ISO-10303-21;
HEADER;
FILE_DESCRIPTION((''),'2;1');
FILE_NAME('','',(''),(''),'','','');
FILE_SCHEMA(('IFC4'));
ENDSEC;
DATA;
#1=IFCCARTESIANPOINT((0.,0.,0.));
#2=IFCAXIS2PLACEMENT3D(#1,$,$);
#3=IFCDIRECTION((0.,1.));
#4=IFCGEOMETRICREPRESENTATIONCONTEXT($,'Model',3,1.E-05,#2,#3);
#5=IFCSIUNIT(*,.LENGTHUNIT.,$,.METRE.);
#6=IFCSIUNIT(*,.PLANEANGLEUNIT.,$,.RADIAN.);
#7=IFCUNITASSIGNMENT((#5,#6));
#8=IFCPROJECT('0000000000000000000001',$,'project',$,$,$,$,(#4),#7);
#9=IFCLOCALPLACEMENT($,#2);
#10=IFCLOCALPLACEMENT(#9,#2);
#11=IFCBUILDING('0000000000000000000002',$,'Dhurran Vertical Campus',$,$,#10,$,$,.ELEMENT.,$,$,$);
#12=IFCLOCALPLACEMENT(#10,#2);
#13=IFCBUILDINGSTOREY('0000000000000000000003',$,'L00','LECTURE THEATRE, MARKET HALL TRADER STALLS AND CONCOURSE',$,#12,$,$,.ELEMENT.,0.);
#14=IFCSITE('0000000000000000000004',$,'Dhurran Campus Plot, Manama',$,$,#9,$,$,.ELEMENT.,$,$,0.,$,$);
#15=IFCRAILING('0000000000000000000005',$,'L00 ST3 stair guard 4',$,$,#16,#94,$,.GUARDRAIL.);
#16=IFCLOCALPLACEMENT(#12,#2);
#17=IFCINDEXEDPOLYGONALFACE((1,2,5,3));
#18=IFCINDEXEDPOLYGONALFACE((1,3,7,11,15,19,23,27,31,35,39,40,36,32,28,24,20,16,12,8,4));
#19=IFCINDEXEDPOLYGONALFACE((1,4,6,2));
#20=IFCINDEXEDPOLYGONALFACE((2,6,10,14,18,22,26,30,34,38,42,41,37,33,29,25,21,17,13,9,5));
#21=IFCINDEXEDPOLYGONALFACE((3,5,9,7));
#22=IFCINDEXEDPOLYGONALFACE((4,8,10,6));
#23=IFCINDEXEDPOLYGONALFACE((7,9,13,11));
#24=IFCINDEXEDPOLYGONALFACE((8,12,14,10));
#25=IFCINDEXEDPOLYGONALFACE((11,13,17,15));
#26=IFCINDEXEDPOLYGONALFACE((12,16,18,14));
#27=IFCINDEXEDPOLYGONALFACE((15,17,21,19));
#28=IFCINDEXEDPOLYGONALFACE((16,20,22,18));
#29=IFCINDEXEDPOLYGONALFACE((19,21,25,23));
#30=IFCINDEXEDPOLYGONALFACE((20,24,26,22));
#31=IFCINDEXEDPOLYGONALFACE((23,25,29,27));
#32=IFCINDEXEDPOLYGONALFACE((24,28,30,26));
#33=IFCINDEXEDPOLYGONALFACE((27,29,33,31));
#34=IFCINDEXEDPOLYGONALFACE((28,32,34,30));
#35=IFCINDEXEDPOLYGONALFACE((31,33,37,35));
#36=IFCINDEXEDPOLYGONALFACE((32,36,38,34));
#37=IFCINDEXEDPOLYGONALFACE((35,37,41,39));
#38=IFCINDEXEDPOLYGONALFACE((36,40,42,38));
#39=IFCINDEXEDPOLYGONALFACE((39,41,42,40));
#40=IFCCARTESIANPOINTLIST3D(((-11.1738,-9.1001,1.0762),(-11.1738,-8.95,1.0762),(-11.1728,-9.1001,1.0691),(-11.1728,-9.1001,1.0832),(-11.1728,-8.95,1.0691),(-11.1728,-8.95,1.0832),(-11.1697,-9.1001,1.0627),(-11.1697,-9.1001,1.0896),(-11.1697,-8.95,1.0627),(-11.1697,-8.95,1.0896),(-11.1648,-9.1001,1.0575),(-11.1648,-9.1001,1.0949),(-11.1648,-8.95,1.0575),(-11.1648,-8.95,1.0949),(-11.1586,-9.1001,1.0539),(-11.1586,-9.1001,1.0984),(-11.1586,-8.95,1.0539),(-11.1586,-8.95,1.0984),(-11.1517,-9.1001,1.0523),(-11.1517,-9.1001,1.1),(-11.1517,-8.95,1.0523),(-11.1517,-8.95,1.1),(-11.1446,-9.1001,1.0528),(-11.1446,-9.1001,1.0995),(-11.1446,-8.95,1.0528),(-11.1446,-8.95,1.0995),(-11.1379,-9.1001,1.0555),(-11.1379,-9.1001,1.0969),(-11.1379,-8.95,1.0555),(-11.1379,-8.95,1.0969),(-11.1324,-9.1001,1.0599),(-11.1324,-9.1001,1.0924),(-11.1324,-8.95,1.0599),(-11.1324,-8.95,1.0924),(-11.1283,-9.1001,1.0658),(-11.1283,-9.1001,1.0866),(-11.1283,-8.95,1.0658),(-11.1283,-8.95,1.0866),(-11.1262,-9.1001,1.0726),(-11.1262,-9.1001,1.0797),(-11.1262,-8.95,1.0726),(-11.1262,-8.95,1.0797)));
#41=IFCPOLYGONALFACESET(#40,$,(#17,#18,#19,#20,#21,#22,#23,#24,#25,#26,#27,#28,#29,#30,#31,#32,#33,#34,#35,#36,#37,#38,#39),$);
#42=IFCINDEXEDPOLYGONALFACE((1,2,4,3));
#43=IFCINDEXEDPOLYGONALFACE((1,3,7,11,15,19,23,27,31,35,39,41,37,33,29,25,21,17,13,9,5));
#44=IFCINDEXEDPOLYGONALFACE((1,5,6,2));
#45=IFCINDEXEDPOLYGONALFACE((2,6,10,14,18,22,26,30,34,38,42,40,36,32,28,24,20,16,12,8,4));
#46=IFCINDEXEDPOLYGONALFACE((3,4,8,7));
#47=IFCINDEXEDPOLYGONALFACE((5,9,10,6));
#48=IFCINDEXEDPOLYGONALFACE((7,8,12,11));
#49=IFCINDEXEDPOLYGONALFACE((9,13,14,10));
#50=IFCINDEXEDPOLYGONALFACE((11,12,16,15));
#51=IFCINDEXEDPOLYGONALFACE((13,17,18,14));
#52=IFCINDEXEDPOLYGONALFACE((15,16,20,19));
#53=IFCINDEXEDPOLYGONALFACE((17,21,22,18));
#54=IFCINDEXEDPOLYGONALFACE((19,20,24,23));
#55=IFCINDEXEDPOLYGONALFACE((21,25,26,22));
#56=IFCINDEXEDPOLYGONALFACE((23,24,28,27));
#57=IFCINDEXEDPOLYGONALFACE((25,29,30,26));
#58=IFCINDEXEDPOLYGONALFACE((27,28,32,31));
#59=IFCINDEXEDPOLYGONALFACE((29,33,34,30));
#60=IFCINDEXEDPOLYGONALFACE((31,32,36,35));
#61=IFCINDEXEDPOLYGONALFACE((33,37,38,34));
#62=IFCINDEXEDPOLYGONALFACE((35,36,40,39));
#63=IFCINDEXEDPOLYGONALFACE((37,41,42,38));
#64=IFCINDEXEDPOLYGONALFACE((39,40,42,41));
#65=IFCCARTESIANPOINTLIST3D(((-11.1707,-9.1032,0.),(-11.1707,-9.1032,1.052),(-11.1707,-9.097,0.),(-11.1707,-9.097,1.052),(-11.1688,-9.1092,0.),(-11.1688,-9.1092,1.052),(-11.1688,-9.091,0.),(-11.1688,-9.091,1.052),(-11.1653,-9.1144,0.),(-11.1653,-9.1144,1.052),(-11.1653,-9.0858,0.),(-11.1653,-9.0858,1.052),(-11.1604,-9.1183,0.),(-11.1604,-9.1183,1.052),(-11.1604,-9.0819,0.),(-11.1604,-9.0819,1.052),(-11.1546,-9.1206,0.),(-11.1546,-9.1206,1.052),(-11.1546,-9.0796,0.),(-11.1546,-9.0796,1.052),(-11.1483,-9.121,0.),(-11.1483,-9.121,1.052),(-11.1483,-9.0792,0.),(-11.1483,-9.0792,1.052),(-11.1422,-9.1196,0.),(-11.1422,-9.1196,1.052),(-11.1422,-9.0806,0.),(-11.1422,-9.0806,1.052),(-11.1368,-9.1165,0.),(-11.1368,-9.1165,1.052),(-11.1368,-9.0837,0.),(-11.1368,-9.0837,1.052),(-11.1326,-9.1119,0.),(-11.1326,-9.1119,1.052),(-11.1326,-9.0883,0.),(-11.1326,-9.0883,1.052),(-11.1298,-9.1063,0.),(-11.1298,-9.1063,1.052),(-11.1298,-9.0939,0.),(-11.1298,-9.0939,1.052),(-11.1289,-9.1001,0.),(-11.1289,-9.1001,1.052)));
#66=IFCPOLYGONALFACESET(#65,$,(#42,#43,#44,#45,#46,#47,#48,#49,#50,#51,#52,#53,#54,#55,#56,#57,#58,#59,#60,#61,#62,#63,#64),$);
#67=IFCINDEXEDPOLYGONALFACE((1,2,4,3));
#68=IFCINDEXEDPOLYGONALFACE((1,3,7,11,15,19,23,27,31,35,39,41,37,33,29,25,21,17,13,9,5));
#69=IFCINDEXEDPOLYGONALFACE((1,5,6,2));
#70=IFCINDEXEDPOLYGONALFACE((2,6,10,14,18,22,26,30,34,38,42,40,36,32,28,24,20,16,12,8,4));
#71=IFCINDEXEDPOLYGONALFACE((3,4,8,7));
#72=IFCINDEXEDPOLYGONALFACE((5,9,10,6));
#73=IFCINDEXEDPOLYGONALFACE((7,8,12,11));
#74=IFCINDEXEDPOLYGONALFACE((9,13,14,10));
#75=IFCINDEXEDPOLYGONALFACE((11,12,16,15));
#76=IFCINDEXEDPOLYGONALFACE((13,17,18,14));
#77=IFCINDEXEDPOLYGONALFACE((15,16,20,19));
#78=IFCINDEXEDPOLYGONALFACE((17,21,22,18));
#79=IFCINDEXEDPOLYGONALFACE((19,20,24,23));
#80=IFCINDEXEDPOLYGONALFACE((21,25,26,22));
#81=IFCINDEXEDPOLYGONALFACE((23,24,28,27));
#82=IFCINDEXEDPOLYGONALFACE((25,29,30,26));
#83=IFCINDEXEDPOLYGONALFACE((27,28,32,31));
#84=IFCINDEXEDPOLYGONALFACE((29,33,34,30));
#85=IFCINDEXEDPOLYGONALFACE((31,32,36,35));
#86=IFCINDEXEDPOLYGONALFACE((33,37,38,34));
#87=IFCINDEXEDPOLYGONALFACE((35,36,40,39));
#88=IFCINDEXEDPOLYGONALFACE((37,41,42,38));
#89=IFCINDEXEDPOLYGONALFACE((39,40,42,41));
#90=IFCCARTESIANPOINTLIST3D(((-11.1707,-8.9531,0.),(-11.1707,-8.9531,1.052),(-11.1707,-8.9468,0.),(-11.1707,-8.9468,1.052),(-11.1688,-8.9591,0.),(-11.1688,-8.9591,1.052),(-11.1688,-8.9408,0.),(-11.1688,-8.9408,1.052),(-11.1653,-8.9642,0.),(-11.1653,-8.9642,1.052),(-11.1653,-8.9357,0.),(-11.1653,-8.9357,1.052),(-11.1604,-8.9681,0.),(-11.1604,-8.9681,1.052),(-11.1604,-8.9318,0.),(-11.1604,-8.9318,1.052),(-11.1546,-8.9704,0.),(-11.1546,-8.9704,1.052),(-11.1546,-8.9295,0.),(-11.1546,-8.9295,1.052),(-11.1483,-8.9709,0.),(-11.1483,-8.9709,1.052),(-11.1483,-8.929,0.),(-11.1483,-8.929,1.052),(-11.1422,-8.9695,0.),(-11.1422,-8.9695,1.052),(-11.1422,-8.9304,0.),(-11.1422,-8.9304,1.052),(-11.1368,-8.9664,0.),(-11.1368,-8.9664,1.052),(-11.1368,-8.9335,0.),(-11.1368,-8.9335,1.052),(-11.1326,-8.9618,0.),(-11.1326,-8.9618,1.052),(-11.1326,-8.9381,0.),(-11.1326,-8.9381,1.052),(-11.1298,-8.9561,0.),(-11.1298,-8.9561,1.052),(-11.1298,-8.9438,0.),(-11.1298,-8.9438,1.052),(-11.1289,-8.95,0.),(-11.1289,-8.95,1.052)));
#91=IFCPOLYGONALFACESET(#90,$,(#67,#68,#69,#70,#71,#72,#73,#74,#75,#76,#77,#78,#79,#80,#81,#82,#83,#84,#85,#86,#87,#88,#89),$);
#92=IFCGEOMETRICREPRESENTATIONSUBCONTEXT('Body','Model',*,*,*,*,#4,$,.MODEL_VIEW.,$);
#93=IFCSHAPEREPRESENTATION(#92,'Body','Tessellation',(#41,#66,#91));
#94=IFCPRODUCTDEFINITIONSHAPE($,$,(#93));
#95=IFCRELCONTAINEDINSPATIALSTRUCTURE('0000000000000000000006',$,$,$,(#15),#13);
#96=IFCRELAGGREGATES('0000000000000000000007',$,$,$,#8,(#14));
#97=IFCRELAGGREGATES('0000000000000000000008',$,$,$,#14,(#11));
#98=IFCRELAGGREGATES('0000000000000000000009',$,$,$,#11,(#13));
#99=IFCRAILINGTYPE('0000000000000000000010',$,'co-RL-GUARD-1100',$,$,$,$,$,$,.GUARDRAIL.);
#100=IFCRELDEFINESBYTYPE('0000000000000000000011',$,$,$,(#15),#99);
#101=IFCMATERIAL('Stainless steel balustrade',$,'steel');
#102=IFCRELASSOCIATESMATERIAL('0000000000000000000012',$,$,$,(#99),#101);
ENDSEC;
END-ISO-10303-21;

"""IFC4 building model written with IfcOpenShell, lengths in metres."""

from ifc_helpers import new_model, si_unit, direction, frame, origin, origin_2d, place, context, subcontext, project, spatial, circle, extrude, material, type_object, element, save


model = new_model("IFC4")

# Units and contexts
model_context = context("Model", 3, precision=1e-05, world=origin(), true_north=direction((0.0, 1.0)))
body_context = subcontext(model_context, "Body", "Model", "MODEL_VIEW")
ifc_project = project(units=[si_unit("LENGTHUNIT", "METRE"), si_unit("PLANEANGLEUNIT", "RADIAN")], contexts=[model_context])

# Site, building, storey
site_placement = place(None, origin())
site = spatial("IfcSite", under=ifc_project, at=site_placement, Name="Dhurran Campus Plot, Manama", CompositionType="ELEMENT", RefElevation=0.0)
building_placement = place(site_placement, origin())
building = spatial("IfcBuilding", under=site, at=building_placement, Name="Dhurran Vertical Campus", CompositionType="ELEMENT")
storey_placement = place(building_placement, origin())
storey = spatial("IfcBuildingStorey", under=building, at=storey_placement, Name="L00", Description="LECTURE THEATRE, MARKET HALL TRADER STALLS AND CONCOURSE", CompositionType="ELEMENT", Elevation=0.0)

# Railing
ifc_material_1 = material(Name="Stainless steel balustrade", Category="steel")
railing_type_1 = type_object("IfcRailingType", Name="co-RL-GUARD-1100", PredefinedType="GUARDRAIL", material=ifc_material_1)
railing_1_placement = place(storey_placement, frame((-11.1499, -9.1001, 0.0)))
element("IfcRailing", 1, at=railing_1_placement, inside=storey, type_object=railing_type_1, Name="L00 ST3 stair guard 4", PredefinedType="GUARDRAIL", context=body_context, shape_type="SweptSolid", body=[
    extrude(circle(Radius=0.0239, at=origin_2d()), frame((0.0, 0.0, 1.0762), z_axis=(0.0, 1.0, 0.0), x_axis=(-1.0, 0.0, 0.0)), (0.0, 0.0, 1.0), 0.1501),
    extrude(circle(Radius=0.021, at=origin_2d()), origin(), (0.0, 0.0, 1.0), 1.052),
    extrude(circle(Radius=0.021, at=origin_2d()), frame((0.0, 0.1501, 0.0)), (0.0, 0.0, 1.0), 1.052),
])

save(model, "model.ifc")
